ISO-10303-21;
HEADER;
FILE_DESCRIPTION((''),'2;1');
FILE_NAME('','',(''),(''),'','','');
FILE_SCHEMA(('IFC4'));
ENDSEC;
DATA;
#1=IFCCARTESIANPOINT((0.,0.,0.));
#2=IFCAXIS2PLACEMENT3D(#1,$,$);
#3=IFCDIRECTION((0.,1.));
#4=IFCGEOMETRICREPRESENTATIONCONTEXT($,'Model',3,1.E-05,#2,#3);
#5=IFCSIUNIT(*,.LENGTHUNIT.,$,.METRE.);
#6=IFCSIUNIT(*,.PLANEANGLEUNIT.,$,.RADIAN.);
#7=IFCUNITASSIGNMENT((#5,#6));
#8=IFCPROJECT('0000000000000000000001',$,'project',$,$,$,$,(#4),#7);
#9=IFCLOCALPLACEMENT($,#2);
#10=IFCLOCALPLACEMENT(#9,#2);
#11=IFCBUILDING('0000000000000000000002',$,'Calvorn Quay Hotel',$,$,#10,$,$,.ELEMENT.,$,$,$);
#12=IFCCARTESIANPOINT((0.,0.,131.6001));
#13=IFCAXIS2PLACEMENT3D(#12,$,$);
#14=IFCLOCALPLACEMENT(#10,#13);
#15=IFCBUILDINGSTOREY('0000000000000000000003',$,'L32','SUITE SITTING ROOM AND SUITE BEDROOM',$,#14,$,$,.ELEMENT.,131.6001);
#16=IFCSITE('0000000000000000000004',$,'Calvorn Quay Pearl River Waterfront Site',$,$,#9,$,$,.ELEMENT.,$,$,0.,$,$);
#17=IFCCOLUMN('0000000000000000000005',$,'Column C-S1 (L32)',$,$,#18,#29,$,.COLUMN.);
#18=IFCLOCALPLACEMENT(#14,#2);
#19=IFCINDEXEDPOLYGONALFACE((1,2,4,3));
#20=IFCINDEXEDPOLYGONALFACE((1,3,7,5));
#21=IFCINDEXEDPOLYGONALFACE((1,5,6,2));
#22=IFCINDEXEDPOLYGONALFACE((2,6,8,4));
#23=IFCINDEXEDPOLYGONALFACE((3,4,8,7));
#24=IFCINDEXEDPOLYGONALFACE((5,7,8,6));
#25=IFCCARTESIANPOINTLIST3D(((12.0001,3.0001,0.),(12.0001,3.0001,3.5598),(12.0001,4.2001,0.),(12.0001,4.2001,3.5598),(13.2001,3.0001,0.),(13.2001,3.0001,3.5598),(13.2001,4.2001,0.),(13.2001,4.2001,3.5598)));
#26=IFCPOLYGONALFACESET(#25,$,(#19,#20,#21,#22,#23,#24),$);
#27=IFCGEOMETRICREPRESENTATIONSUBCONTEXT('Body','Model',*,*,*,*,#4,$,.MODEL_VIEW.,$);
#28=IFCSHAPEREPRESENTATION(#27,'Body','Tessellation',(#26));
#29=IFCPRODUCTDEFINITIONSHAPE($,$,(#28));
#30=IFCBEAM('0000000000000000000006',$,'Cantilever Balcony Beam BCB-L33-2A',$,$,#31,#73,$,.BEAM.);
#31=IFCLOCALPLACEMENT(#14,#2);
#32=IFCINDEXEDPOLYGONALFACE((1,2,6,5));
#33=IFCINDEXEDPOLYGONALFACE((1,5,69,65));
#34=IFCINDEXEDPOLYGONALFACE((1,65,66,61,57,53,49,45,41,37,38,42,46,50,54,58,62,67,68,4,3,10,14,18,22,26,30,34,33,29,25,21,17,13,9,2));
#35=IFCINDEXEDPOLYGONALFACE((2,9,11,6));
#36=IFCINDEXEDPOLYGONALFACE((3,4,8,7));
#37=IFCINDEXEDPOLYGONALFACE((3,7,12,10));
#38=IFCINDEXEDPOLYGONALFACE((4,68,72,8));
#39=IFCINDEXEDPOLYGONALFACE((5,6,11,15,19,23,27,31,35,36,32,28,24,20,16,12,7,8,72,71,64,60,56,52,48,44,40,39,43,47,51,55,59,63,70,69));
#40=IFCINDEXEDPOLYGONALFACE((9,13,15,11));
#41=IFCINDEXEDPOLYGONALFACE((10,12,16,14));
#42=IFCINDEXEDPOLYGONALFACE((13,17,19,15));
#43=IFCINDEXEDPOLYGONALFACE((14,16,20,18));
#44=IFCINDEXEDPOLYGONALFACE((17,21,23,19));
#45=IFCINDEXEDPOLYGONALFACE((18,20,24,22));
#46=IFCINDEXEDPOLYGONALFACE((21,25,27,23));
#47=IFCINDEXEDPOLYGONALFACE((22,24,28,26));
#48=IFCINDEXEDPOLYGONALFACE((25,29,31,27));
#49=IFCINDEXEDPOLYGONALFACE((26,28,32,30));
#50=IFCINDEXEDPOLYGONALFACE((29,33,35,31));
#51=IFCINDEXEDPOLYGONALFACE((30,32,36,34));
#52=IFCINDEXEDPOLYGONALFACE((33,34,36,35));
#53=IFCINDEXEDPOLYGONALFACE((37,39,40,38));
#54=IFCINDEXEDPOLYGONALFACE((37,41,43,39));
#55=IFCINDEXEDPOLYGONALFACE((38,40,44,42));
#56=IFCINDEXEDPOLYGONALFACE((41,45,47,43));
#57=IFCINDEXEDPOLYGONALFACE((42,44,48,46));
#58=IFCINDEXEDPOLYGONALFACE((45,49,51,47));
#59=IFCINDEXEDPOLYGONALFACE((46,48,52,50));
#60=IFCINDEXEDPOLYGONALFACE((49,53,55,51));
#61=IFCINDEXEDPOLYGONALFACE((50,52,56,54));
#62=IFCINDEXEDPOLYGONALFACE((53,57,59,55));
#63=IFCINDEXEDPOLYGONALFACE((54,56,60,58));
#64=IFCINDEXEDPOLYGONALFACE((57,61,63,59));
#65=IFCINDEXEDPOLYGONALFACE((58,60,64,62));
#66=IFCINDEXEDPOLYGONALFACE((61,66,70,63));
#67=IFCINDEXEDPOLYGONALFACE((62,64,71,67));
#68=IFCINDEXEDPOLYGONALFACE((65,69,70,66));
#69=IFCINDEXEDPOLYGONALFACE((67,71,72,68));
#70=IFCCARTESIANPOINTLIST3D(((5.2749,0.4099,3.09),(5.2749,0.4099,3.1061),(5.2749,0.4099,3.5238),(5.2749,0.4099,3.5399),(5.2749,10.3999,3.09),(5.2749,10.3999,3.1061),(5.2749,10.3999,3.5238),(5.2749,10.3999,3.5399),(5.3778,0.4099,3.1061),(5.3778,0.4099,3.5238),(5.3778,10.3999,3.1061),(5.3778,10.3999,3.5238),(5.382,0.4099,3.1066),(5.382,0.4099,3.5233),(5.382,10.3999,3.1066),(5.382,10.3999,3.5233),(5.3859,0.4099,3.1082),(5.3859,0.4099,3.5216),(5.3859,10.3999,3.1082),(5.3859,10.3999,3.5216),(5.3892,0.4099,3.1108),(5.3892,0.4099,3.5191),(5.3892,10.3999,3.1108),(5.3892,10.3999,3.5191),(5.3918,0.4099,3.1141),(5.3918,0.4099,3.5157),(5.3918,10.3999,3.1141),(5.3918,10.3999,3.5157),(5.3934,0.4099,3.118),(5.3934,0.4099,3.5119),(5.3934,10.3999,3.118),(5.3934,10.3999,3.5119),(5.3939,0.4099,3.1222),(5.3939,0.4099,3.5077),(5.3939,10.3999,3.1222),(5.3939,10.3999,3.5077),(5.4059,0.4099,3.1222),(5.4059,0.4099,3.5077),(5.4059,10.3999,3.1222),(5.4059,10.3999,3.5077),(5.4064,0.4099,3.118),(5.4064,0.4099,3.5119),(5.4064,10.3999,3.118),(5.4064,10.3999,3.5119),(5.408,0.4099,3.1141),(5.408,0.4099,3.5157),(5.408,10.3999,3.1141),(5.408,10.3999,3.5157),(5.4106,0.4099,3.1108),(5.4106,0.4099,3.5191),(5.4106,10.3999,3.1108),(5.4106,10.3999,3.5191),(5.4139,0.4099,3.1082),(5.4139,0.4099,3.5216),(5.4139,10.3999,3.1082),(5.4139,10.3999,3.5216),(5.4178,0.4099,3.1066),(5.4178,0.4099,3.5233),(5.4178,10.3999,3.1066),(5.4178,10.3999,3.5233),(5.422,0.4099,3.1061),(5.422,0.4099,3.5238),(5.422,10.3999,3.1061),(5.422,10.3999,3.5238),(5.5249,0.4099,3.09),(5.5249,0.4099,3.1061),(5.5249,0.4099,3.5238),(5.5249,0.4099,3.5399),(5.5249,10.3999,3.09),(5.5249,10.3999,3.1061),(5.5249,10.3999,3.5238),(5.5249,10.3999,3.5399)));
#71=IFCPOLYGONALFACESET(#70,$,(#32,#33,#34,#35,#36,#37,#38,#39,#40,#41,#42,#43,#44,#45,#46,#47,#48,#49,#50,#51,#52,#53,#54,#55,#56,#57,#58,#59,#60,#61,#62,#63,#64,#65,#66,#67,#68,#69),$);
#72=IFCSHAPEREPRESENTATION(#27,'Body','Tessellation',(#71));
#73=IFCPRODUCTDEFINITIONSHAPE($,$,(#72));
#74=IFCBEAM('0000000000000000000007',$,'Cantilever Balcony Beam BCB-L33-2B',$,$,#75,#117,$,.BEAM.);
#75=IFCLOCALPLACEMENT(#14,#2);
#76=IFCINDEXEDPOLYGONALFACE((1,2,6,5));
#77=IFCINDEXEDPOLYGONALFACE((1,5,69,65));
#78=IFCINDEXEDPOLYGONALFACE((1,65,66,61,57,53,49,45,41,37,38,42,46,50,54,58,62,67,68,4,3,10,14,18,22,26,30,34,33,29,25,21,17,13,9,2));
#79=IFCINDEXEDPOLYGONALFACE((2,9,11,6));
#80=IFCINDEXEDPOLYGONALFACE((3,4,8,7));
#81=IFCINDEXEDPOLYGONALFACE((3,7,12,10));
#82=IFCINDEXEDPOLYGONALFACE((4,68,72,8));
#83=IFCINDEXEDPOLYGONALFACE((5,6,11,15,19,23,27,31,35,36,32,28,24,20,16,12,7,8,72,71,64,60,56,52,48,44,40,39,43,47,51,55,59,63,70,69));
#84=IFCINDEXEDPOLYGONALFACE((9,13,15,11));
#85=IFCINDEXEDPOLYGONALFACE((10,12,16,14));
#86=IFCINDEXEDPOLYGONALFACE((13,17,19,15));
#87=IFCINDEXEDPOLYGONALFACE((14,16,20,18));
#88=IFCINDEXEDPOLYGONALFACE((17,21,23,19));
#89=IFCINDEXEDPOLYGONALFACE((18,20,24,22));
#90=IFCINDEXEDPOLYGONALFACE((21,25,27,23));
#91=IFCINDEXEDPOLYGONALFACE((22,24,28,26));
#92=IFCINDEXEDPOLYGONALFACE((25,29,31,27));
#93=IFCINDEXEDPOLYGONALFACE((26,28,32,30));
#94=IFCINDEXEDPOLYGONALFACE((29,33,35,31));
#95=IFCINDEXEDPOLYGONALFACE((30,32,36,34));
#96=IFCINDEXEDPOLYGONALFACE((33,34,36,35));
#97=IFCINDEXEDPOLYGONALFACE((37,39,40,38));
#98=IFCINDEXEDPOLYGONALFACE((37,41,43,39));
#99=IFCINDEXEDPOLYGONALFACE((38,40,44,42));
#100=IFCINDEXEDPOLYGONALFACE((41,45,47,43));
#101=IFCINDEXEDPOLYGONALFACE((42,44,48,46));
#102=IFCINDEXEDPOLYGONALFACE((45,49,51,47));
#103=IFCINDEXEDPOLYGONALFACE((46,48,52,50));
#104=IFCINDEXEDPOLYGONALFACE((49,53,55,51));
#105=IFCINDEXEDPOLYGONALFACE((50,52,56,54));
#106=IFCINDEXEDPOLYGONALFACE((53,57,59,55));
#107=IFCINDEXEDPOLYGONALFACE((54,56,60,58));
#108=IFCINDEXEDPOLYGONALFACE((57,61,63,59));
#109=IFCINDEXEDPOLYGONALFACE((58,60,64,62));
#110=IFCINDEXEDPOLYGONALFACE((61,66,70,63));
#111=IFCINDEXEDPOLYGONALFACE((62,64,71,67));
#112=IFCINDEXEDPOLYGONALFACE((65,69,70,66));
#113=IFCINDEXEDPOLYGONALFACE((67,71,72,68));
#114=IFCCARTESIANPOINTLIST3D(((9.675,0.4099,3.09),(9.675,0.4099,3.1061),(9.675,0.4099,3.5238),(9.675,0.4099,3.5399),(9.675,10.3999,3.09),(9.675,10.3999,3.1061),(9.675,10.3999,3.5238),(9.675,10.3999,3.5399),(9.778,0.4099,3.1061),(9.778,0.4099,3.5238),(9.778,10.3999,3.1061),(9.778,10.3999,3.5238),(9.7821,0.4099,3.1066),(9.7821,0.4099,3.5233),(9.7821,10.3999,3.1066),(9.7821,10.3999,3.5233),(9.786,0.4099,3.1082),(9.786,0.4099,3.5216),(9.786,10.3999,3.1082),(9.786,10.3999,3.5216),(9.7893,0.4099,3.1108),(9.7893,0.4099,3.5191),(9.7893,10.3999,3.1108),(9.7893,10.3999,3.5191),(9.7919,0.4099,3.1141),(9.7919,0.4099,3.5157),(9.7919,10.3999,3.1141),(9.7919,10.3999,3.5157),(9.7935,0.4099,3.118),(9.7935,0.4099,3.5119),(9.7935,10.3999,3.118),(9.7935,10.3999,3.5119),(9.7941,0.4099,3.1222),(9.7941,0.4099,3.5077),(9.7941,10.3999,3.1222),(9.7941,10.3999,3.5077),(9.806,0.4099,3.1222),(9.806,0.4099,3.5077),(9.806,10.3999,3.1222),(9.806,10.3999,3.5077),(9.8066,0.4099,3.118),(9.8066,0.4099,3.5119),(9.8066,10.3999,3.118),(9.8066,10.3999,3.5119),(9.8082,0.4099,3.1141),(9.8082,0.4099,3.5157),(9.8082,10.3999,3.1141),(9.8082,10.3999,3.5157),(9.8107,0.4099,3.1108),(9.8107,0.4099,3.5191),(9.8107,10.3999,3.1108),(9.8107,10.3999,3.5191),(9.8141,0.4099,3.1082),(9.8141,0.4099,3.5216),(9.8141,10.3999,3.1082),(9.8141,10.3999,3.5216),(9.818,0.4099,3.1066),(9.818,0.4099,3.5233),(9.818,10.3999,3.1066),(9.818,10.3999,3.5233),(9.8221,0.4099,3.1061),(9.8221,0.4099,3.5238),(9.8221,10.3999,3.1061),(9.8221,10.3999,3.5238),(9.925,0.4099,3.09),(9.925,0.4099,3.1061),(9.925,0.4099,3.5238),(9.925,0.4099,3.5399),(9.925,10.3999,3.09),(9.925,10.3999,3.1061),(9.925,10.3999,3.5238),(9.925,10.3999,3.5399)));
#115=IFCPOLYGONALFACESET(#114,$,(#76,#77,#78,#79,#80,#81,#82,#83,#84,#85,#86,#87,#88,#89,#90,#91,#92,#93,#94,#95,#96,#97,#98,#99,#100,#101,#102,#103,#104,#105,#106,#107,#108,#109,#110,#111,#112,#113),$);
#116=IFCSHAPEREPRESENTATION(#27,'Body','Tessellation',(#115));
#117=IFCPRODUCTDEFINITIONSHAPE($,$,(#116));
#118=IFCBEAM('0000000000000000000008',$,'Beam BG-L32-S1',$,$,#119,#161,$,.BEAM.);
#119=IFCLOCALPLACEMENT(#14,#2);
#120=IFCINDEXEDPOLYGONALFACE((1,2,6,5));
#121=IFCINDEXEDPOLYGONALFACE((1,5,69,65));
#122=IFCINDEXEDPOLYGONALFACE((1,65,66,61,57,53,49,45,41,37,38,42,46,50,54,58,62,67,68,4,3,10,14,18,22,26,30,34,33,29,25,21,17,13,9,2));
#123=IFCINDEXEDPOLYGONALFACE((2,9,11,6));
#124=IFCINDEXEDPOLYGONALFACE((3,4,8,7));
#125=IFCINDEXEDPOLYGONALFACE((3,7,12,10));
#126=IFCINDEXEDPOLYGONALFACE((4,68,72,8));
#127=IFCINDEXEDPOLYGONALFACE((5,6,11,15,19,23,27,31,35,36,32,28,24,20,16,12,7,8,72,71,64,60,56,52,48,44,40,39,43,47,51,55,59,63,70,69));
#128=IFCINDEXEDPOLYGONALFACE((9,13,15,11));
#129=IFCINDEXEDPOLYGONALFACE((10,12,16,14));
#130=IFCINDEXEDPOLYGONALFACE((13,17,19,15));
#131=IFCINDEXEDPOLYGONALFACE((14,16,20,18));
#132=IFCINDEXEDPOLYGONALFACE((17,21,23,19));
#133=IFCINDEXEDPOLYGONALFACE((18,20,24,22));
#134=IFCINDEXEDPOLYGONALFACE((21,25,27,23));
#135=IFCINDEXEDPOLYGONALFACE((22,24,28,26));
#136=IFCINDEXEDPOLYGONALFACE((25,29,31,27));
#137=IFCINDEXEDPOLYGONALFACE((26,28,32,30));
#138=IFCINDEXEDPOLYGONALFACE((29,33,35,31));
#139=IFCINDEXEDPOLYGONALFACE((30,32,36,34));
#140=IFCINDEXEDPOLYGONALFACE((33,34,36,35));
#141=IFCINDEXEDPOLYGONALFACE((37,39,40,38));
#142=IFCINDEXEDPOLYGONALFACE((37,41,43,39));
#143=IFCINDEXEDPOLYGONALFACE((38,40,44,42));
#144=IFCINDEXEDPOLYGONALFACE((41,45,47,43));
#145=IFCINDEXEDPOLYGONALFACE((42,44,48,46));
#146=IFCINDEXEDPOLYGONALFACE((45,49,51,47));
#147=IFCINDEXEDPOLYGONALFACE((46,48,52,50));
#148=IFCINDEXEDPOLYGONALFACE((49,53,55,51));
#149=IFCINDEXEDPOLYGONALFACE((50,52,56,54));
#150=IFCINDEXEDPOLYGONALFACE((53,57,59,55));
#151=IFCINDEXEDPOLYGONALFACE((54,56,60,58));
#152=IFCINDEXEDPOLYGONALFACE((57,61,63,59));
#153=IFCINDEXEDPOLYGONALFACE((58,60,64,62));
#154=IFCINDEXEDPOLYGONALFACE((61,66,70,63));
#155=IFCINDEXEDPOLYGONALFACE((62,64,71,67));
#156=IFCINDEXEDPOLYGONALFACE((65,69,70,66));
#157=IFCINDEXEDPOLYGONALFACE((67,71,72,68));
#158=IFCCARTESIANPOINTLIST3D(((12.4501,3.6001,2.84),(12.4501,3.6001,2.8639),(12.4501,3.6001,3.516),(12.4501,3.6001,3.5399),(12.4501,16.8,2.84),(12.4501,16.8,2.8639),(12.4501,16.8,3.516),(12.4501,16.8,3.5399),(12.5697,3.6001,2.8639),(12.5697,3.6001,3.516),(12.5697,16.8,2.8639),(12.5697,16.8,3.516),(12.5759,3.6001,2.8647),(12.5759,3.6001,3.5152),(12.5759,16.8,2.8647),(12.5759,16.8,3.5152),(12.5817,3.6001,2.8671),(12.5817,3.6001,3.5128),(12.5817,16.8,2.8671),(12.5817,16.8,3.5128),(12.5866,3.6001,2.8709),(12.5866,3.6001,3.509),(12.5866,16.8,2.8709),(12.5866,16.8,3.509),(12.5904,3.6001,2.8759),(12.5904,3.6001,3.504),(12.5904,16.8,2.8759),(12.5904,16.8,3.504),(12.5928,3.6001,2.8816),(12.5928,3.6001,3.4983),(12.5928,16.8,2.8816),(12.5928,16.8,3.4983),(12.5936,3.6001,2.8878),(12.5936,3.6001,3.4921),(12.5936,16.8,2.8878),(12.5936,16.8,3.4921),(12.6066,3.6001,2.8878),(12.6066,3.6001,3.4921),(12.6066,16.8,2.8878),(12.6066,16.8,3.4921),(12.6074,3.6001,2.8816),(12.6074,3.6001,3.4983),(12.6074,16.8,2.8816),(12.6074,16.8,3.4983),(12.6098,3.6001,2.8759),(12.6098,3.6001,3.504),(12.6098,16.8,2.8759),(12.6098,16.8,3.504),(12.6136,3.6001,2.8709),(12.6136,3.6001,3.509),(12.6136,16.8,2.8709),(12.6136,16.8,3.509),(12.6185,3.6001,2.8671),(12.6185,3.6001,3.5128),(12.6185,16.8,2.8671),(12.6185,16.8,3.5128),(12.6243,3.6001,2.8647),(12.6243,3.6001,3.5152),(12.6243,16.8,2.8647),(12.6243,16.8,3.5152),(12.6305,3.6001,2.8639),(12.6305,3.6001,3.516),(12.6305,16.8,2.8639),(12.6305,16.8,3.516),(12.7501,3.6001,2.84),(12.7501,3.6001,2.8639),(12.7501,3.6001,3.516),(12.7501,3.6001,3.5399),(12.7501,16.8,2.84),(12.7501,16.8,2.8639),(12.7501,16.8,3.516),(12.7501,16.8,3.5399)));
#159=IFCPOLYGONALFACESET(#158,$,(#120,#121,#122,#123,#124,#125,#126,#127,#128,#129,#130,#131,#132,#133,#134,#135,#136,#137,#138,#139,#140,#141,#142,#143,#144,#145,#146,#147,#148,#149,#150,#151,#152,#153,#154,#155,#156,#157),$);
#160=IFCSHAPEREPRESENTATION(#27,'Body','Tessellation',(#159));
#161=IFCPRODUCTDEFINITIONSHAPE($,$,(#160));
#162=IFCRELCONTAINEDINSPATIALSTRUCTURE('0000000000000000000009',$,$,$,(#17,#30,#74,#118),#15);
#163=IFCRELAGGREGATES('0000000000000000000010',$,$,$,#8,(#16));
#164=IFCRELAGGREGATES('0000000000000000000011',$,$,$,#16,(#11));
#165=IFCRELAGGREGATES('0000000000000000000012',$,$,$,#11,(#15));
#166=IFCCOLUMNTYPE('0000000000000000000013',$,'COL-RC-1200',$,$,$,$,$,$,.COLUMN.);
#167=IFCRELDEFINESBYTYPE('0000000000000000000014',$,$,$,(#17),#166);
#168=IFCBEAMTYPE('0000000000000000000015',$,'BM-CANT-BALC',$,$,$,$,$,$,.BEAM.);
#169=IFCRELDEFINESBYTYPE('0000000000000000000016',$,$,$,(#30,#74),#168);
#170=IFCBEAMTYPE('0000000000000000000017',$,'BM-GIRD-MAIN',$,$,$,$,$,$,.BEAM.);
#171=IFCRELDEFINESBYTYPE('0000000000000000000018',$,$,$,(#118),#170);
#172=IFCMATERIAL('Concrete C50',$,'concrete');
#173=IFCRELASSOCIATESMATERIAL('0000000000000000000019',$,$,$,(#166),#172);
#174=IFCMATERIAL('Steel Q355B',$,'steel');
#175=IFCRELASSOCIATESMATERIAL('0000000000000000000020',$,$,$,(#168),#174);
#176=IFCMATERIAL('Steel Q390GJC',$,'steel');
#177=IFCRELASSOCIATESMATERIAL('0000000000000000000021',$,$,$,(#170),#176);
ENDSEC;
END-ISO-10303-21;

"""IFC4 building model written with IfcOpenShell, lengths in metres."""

from ifc_helpers import new_model, si_unit, direction, frame, origin, origin_2d, place, context, subcontext, project, spatial, rectangle, i_section, extrude, material, material_profile, profile_set, type_object, element, save


model = new_model("IFC4")

# Units and contexts
model_context = context("Model", 3, precision=1e-05, world=origin(), true_north=direction((0.0, 1.0)))
body_context = subcontext(model_context, "Body", "Model", "MODEL_VIEW")
ifc_project = project(units=[si_unit("LENGTHUNIT", "METRE"), si_unit("PLANEANGLEUNIT", "RADIAN")], contexts=[model_context])

# Site, building, storey
site_placement = place(None, origin())
site = spatial("IfcSite", under=ifc_project, at=site_placement, Name="Calvorn Quay Pearl River Waterfront Site", CompositionType="ELEMENT", RefElevation=0.0)
building_placement = place(site_placement, origin())
building = spatial("IfcBuilding", under=site, at=building_placement, Name="Calvorn Quay Hotel", CompositionType="ELEMENT")
storey_placement = place(building_placement, frame((0.0, 0.0, 131.6001)))
storey = spatial("IfcBuildingStorey", under=building, at=storey_placement, Name="L32", Description="SUITE SITTING ROOM AND SUITE BEDROOM", CompositionType="ELEMENT", Elevation=131.6001)

# Column
ifc_material_1 = material(Name="Concrete C50", Category="concrete")
ifc_material_profile_1 = material_profile(ifc_material_1, rectangle(XDim=1.2, YDim=1.2, at=origin_2d()), Name="RC1200x1200")
ifc_profile_set_1 = profile_set([ifc_material_profile_1], Name="Concrete C50")
column_type = type_object("IfcColumnType", Name="COL-RC-1200", PredefinedType="COLUMN", material=ifc_profile_set_1)
column_placement = place(storey_placement, frame((12.6001, 3.6001, 0.0), z_axis=(0.0, 0.0, 1.0), x_axis=(1.0, 0.0, 0.0)))
element("IfcColumn", 1, at=column_placement, inside=storey, type_object=column_type, Name="Column C-S1 (L32)", PredefinedType="COLUMN", context=body_context, shape_type="SweptSolid", body=[
    extrude(rectangle(XDim=1.2, YDim=1.2, at=origin_2d()), origin(), (0.0, 0.0, 1.0), 3.5598),
])

# Beams
ifc_material_2 = material(Name="Steel Q355B", Category="steel")
ifc_material_profile_2 = material_profile(ifc_material_2, i_section(OverallWidth=0.25, OverallDepth=0.45, WebThickness=0.012, FlangeThickness=0.0161, FilletRadius=0.0161, at=origin_2d()), Name="HN450x250x12x16")
ifc_profile_set_2 = profile_set([ifc_material_profile_2], Name="Steel Q355B")
beam_type_1 = type_object("IfcBeamType", Name="BM-CANT-BALC", PredefinedType="BEAM", material=ifc_profile_set_2)
for number, where, z_axis, x_axis, name in (
    (2, (5.3999, 10.3999, 3.3149), (0.0, -1.0, 0.0), (1.0, 0.0, 0.0), "Cantilever Balcony Beam BCB-L33-2A"),
    (3, (9.8, 10.3999, 3.3149), (0.0, -1.0, 0.0), (1.0, 0.0, 0.0), "Cantilever Balcony Beam BCB-L33-2B"),
):
    element("IfcBeam", number, at=place(storey_placement, frame(where, z_axis=z_axis, x_axis=x_axis)), inside=storey, type_object=beam_type_1, Name=name, PredefinedType="BEAM", context=body_context, shape_type="SweptSolid", body=[
        extrude(i_section(OverallWidth=0.25, OverallDepth=0.45, WebThickness=0.012, FlangeThickness=0.0161, FilletRadius=0.0161, at=origin_2d()), origin(), (0.0, 0.0, 1.0), 9.99),
    ])
ifc_material_3 = material(Name="Steel Q390GJC", Category="steel")
ifc_material_profile_3 = material_profile(ifc_material_3, i_section(OverallWidth=0.3, OverallDepth=0.7, WebThickness=0.0129, FlangeThickness=0.0239, FilletRadius=0.0239, at=origin_2d()), Name="HN700x300x13x24")
ifc_profile_set_3 = profile_set([ifc_material_profile_3], Name="Steel Q390GJC")
beam_type_2 = type_object("IfcBeamType", Name="BM-GIRD-MAIN", PredefinedType="BEAM", material=ifc_profile_set_3)
beam_1_placement = place(storey_placement, frame((12.6001, 3.6001, 3.1899), z_axis=(0.0, 1.0, 0.0), x_axis=(-1.0, 0.0, 0.0)))
element("IfcBeam", 4, at=beam_1_placement, inside=storey, type_object=beam_type_2, Name="Beam BG-L32-S1", PredefinedType="BEAM", context=body_context, shape_type="SweptSolid", body=[
    extrude(i_section(OverallWidth=0.3, OverallDepth=0.7, WebThickness=0.0129, FlangeThickness=0.0239, FilletRadius=0.0239, at=origin_2d()), origin(), (0.0, 0.0, 1.0), 13.2),
])

save(model, "model.ifc")
